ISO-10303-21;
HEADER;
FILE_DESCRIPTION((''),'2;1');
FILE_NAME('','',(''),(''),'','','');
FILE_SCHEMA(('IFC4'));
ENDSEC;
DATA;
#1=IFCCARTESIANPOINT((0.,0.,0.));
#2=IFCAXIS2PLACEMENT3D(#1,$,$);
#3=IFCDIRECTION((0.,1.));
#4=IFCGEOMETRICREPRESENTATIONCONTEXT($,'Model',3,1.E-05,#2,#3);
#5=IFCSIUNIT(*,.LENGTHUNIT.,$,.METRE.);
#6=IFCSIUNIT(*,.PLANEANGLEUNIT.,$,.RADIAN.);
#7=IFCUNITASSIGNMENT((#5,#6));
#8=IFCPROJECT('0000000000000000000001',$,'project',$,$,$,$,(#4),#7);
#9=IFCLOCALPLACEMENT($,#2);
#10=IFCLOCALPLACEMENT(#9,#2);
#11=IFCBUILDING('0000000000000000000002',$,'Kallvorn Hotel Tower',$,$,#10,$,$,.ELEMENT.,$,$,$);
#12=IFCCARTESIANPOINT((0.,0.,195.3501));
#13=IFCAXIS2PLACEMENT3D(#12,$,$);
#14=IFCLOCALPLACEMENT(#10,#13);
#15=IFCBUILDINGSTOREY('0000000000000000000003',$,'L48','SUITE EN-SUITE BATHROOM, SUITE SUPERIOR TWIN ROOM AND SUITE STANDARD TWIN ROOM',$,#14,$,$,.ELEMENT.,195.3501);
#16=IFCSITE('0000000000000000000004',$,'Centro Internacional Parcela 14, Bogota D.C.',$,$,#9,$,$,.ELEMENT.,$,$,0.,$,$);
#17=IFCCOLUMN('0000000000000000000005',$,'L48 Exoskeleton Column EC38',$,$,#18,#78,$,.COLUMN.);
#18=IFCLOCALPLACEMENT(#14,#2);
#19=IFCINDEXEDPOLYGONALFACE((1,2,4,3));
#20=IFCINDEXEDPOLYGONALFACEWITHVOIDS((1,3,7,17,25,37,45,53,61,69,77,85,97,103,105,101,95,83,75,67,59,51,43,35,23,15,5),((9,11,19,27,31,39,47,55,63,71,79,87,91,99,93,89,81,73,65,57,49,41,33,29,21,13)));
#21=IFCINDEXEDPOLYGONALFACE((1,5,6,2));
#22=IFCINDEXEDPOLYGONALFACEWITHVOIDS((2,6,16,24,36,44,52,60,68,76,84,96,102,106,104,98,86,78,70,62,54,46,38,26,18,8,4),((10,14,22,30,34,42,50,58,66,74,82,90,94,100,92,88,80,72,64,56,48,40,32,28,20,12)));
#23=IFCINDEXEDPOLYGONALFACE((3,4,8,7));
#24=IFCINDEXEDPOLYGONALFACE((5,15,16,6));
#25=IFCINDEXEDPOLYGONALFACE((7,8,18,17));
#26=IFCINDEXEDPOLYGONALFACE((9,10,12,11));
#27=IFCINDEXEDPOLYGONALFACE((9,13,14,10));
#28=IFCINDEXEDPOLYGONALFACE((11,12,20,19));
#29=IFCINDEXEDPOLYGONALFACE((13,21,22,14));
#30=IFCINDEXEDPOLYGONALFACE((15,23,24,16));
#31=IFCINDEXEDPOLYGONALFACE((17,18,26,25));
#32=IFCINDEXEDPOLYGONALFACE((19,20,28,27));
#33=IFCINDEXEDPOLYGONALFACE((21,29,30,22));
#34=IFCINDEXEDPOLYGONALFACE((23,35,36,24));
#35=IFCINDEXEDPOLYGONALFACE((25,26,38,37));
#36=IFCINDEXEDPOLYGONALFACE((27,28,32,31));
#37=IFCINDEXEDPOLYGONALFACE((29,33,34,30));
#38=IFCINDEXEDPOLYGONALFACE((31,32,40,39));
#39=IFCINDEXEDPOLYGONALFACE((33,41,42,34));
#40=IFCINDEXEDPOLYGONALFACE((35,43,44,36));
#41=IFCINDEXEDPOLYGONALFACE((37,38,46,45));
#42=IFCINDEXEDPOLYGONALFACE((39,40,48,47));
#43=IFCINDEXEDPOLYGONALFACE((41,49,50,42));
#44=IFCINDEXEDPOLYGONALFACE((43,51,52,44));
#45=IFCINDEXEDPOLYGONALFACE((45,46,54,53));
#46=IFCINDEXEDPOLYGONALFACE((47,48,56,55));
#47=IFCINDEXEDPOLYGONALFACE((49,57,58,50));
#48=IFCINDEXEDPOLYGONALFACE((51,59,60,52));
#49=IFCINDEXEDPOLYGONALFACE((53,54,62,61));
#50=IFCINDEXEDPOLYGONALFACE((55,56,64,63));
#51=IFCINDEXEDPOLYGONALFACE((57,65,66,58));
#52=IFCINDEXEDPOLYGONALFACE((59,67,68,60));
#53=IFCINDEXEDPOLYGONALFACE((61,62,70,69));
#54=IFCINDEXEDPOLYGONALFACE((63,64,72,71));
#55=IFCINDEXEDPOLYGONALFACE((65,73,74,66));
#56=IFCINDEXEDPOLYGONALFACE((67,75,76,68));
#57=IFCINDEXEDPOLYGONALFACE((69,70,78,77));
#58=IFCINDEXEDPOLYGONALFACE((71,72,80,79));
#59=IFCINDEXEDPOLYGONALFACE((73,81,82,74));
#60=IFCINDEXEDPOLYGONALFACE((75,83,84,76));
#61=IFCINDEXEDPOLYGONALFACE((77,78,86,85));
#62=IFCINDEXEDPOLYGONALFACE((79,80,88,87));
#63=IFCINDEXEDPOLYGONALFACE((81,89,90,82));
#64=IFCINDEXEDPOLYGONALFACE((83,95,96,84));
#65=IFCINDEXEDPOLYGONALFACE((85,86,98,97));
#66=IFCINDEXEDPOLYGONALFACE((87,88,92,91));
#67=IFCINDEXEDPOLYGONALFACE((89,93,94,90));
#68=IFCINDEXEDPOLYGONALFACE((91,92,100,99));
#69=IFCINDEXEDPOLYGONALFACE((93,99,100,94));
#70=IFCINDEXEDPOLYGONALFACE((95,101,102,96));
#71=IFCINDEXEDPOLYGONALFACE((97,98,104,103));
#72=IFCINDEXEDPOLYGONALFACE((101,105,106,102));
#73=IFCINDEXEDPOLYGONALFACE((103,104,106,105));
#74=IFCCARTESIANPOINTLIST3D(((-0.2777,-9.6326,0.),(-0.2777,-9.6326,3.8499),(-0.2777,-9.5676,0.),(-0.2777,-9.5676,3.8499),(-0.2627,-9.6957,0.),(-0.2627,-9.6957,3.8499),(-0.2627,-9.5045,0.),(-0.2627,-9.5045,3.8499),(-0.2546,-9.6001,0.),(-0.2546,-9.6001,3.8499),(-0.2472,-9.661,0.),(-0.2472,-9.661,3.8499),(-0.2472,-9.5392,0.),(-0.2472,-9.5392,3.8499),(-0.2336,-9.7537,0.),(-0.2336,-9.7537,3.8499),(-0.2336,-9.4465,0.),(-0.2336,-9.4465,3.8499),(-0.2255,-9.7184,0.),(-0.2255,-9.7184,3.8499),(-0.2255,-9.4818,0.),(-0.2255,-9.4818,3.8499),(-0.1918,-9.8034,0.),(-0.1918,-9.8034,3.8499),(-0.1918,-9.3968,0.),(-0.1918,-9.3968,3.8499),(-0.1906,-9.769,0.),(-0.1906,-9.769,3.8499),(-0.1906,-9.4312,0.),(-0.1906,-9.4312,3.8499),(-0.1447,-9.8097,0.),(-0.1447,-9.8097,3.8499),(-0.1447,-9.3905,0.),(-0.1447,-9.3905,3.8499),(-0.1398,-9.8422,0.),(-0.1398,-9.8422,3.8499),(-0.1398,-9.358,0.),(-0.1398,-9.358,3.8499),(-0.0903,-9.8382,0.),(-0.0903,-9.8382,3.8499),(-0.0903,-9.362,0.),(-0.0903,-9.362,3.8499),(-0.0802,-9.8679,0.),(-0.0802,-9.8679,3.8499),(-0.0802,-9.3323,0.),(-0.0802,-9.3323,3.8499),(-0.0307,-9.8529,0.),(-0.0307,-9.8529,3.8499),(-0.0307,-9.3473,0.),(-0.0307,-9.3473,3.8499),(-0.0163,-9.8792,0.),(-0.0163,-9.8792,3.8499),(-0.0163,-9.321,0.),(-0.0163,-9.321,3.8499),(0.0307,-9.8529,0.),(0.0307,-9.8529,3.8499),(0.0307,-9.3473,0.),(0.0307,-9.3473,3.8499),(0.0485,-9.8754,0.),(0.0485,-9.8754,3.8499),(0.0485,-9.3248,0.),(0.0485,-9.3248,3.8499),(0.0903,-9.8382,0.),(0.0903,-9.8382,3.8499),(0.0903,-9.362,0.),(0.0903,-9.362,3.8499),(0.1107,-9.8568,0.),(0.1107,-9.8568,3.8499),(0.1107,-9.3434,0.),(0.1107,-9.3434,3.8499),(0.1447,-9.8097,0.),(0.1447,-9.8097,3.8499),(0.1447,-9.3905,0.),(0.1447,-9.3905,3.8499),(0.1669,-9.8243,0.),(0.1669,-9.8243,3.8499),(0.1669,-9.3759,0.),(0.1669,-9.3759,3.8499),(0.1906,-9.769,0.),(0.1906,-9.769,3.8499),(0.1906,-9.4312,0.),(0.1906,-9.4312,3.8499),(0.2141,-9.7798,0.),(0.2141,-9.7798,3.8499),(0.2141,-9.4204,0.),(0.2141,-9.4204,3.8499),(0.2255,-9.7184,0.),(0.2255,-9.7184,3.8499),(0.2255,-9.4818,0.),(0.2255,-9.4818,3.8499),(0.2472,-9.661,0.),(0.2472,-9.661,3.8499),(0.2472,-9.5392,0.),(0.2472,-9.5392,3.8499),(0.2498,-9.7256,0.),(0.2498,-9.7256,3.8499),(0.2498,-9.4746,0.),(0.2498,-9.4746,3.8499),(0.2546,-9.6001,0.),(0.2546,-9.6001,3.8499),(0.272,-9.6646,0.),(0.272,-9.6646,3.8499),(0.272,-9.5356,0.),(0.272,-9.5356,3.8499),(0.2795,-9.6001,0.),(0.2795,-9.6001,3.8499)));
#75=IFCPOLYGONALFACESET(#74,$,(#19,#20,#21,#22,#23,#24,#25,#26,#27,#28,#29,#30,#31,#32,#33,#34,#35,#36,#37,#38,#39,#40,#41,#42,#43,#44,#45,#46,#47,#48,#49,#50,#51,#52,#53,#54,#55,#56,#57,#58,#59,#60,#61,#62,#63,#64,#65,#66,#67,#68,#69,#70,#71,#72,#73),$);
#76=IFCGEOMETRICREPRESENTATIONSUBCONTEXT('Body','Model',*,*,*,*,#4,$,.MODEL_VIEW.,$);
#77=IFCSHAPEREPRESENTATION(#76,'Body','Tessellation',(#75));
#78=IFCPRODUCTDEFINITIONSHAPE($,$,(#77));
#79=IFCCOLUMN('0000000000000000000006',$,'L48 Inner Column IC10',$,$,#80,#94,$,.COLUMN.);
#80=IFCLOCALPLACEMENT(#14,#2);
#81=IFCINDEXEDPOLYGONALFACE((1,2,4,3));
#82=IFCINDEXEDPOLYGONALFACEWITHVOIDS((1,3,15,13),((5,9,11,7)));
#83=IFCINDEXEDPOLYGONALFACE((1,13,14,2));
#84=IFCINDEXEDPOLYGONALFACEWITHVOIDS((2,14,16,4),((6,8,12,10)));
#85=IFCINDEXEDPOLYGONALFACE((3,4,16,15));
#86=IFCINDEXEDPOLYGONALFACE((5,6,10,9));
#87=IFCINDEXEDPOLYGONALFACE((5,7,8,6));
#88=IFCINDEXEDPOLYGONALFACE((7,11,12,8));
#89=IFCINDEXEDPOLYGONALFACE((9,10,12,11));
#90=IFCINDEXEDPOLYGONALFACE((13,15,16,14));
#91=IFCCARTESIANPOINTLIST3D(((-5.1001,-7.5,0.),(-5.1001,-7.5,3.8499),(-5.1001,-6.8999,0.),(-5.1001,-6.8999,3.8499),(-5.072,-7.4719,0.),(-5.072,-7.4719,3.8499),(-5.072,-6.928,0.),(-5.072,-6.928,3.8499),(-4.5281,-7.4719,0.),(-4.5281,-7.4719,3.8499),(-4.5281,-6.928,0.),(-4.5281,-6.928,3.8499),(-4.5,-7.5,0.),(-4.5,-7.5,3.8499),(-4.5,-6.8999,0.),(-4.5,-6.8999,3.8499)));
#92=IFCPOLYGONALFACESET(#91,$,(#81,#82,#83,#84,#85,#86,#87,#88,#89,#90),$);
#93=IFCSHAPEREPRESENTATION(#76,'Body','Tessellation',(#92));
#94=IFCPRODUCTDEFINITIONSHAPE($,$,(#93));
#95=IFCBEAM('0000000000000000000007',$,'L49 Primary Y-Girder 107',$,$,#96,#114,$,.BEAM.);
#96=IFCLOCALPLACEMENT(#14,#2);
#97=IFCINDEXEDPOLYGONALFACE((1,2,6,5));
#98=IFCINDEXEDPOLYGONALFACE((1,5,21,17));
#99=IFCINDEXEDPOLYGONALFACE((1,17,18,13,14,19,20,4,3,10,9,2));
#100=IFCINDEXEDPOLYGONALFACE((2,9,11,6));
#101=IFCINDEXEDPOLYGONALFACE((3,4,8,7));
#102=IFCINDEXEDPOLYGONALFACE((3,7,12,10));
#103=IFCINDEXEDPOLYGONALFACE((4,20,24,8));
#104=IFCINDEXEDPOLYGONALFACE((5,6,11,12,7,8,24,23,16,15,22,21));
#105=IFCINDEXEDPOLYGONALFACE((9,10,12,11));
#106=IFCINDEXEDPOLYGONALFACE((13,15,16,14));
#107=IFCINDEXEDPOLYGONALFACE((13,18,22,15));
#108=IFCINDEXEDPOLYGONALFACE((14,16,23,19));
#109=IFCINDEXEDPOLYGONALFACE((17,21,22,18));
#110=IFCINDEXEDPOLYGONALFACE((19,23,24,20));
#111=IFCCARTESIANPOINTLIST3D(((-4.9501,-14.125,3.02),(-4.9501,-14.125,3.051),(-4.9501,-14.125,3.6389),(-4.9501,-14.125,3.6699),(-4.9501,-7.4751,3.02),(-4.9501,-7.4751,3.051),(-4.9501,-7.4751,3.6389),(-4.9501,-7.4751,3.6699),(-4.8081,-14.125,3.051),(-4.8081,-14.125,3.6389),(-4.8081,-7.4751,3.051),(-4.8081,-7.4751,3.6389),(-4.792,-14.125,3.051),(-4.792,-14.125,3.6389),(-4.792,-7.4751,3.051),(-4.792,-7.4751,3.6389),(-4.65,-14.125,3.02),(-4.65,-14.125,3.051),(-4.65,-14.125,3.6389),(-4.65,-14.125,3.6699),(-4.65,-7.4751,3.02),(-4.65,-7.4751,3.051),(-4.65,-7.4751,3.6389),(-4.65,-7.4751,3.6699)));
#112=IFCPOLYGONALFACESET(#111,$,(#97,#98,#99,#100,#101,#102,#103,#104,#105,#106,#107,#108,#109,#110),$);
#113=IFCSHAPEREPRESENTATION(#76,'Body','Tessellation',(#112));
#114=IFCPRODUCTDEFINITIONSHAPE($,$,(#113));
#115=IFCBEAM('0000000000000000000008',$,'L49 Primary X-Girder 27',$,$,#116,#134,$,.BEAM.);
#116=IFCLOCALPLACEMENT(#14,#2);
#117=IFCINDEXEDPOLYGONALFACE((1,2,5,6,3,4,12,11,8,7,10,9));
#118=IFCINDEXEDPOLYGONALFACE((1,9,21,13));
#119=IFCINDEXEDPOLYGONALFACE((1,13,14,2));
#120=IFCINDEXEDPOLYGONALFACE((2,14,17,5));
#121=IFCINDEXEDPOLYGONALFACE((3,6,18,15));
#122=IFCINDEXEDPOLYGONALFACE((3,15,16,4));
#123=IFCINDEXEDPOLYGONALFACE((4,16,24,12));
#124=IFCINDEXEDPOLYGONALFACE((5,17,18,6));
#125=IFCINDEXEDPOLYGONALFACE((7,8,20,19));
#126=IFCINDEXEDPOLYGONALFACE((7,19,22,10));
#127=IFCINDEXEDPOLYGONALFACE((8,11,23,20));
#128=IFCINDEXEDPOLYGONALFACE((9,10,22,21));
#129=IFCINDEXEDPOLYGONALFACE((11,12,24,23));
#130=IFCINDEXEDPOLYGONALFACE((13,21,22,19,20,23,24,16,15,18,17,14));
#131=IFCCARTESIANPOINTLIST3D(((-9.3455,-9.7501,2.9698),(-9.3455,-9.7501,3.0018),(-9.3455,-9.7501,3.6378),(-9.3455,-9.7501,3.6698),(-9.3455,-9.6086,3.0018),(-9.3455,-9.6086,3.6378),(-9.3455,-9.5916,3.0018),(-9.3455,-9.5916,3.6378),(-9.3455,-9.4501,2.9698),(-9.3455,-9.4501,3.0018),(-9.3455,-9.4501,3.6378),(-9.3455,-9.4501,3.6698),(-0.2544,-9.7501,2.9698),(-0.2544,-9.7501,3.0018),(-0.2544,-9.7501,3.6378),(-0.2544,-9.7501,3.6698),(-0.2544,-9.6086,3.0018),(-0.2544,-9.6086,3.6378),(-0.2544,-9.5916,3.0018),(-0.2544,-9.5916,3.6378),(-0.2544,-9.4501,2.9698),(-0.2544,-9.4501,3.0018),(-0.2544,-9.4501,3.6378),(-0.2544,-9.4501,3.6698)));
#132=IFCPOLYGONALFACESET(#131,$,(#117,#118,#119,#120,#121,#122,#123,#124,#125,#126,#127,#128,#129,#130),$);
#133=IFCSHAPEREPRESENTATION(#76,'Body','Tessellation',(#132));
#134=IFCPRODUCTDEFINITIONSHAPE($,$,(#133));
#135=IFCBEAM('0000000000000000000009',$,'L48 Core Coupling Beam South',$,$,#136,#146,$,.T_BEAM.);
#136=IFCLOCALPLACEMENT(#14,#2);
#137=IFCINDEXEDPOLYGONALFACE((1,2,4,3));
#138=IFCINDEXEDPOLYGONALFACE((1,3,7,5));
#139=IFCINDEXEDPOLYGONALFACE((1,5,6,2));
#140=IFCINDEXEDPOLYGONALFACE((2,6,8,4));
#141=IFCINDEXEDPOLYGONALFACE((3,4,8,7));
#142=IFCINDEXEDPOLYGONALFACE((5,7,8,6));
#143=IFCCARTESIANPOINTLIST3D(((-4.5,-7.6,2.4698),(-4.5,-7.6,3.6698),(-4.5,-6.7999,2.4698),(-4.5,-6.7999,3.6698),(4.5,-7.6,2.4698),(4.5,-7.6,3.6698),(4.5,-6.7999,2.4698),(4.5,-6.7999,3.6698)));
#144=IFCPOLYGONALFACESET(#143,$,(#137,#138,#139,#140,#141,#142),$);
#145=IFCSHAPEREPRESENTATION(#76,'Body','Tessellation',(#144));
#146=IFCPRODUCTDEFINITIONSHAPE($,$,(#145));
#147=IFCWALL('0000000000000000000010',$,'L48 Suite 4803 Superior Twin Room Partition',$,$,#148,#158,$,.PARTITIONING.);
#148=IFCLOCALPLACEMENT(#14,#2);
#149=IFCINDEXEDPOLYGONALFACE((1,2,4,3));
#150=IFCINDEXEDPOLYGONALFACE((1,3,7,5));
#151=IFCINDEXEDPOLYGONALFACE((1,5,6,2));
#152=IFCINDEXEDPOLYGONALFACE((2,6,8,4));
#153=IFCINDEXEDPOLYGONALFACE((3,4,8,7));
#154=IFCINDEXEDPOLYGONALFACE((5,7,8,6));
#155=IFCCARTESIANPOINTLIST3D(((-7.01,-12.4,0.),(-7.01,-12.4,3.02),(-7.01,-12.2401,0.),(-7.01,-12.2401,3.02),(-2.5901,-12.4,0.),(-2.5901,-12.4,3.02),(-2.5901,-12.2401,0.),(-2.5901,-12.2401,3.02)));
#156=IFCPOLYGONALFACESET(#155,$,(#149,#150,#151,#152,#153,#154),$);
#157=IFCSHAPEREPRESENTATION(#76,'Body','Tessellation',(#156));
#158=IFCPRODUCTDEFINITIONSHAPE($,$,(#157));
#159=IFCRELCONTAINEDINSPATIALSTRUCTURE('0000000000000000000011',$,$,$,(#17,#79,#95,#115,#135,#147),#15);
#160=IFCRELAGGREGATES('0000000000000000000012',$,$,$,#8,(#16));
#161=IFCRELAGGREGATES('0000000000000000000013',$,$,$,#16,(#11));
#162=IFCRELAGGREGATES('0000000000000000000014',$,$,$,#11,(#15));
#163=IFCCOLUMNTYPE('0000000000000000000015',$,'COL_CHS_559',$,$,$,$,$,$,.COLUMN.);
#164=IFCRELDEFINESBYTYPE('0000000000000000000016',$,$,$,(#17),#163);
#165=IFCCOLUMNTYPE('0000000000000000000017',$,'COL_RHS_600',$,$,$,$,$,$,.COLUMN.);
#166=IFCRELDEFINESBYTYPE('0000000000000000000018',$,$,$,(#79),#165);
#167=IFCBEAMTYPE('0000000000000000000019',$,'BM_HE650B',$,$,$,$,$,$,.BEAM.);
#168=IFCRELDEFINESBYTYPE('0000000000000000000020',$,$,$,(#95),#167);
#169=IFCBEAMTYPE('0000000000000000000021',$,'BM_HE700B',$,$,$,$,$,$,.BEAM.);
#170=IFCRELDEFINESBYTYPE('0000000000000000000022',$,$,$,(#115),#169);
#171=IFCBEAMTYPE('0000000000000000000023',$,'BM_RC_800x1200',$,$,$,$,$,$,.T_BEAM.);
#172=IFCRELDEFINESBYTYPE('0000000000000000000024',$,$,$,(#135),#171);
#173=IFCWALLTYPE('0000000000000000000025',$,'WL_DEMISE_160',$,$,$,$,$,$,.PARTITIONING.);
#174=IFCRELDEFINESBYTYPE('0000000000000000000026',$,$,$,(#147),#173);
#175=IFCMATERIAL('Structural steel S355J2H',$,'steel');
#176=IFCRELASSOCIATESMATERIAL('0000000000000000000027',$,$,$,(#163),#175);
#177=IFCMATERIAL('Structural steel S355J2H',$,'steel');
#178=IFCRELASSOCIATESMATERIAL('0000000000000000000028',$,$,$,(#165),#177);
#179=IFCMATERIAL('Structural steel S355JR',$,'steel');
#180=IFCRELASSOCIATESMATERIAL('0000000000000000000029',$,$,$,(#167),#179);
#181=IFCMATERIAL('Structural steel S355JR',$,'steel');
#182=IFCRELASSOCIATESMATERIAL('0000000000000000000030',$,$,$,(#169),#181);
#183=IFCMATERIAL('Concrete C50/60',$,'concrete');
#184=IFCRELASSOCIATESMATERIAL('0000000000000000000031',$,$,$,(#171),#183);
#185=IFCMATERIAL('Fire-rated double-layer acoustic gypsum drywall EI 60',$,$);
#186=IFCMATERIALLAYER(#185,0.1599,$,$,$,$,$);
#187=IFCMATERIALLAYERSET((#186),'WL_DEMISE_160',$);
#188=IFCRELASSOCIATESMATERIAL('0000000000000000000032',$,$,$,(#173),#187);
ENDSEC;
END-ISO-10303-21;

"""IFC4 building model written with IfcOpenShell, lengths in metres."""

from ifc_helpers import new_model, si_unit, direction, frame, frame_2d, origin, origin_2d, place, context, subcontext, project, spatial, rectangle, hollow_rectangle, hollow_circle, i_section, extrude, material, layer, layer_set, material_profile, profile_set, type_object, element, save


model = new_model("IFC4")

# Units and contexts
model_context = context("Model", 3, precision=1e-05, world=origin(), true_north=direction((0.0, 1.0)))
body_context = subcontext(model_context, "Body", "Model", "MODEL_VIEW")
ifc_project = project(units=[si_unit("LENGTHUNIT", "METRE"), si_unit("PLANEANGLEUNIT", "RADIAN")], contexts=[model_context])

# Site, building, storey
site_placement = place(None, origin())
site = spatial("IfcSite", under=ifc_project, at=site_placement, Name="Centro Internacional Parcela 14, Bogota D.C.", CompositionType="ELEMENT", RefElevation=0.0)
building_placement = place(site_placement, origin())
building = spatial("IfcBuilding", under=site, at=building_placement, Name="Kallvorn Hotel Tower", CompositionType="ELEMENT")
storey_placement = place(building_placement, frame((0.0, 0.0, 195.3501)))
storey = spatial("IfcBuildingStorey", under=building, at=storey_placement, Name="L48", Description="SUITE EN-SUITE BATHROOM, SUITE SUPERIOR TWIN ROOM AND SUITE STANDARD TWIN ROOM", CompositionType="ELEMENT", Elevation=195.3501)

# Columns
ifc_material_1 = material(Name="Structural steel S355J2H", Category="steel")
ifc_material_profile_1 = material_profile(ifc_material_1, hollow_circle(Radius=0.2795, WallThickness=0.0249, at=origin_2d()), Name="CHS 559x25")
ifc_profile_set_1 = profile_set([ifc_material_profile_1], Name="Structural steel S355J2H")
column_type_1 = type_object("IfcColumnType", Name="COL_CHS_559", PredefinedType="COLUMN", material=ifc_profile_set_1)
column_1_placement = place(storey_placement, frame((0.0, -9.6001, 0.0), z_axis=(0.0, 0.0, 1.0), x_axis=(1.0, 0.0, 0.0)))
element("IfcColumn", 1, at=column_1_placement, inside=storey, type_object=column_type_1, Name="L48 Exoskeleton Column EC38", PredefinedType="COLUMN", context=body_context, shape_type="SweptSolid", body=[
    extrude(hollow_circle(Radius=0.2795, WallThickness=0.0249, at=origin_2d()), origin(), (0.0, 0.0, 1.0), 3.8499),
])
ifc_material_2 = material(Name="Structural steel S355J2H", Category="steel")
ifc_material_profile_2 = material_profile(ifc_material_2, hollow_rectangle(XDim=0.6001, YDim=0.6001, WallThickness=0.0281, at=origin_2d()), Name="RHS 600x600x28")
ifc_profile_set_2 = profile_set([ifc_material_profile_2], Name="Structural steel S355J2H")
column_type_2 = type_object("IfcColumnType", Name="COL_RHS_600", PredefinedType="COLUMN", material=ifc_profile_set_2)
column_2_placement = place(storey_placement, frame((-4.8, -7.2, 0.0), z_axis=(0.0, 0.0, 1.0), x_axis=(1.0, 0.0, 0.0)))
element("IfcColumn", 2, at=column_2_placement, inside=storey, type_object=column_type_2, Name="L48 Inner Column IC10", PredefinedType="COLUMN", context=body_context, shape_type="SweptSolid", body=[
    extrude(hollow_rectangle(XDim=0.6001, YDim=0.6001, WallThickness=0.0281, at=origin_2d()), origin(), (0.0, 0.0, 1.0), 3.8499),
])

# Beams
ifc_material_3 = material(Name="Structural steel S355JR", Category="steel")
ifc_material_profile_3 = material_profile(ifc_material_3, i_section(OverallWidth=0.3, OverallDepth=0.6499, WebThickness=0.0161, FlangeThickness=0.031, at=origin_2d()), Name="HE 650 B")
ifc_profile_set_3 = profile_set([ifc_material_profile_3], Name="Structural steel S355JR")
beam_type_1 = type_object("IfcBeamType", Name="BM_HE650B", PredefinedType="BEAM", material=ifc_profile_set_3)
beam_1_placement = place(storey_placement, frame((-4.8, -14.125, 3.345), z_axis=(0.0, 1.0, 0.0), x_axis=(-1.0, 0.0, 0.0)))
element("IfcBeam", 3, at=beam_1_placement, inside=storey, type_object=beam_type_1, Name="L49 Primary Y-Girder 107", PredefinedType="BEAM", context=body_context, shape_type="SweptSolid", body=[
    extrude(i_section(OverallWidth=0.3, OverallDepth=0.6499, WebThickness=0.0161, FlangeThickness=0.031, at=origin_2d()), origin(), (0.0, 0.0, 1.0), 6.6499),
])
ifc_material_4 = material(Name="Structural steel S355JR", Category="steel")
ifc_material_profile_4 = material_profile(ifc_material_4, i_section(OverallWidth=0.3, OverallDepth=0.7, WebThickness=0.0171, FlangeThickness=0.032, at=origin_2d()), Name="HE 700 B")
ifc_profile_set_4 = profile_set([ifc_material_profile_4], Name="Structural steel S355JR")
beam_type_2 = type_object("IfcBeamType", Name="BM_HE700B", PredefinedType="BEAM", material=ifc_profile_set_4)
beam_2_placement = place(storey_placement, frame((-9.3455, -9.6001, 3.3198), z_axis=(1.0, 0.0, 0.0), x_axis=(0.0, 1.0, 0.0)))
element("IfcBeam", 4, at=beam_2_placement, inside=storey, type_object=beam_type_2, Name="L49 Primary X-Girder 27", PredefinedType="BEAM", context=body_context, shape_type="SweptSolid", body=[
    extrude(i_section(OverallWidth=0.3, OverallDepth=0.7, WebThickness=0.0171, FlangeThickness=0.032, at=origin_2d()), origin(), (0.0, 0.0, 1.0), 9.0911),
])
ifc_material_5 = material(Name="Concrete C50/60", Category="concrete")
ifc_material_profile_5 = material_profile(ifc_material_5, rectangle(XDim=0.8, YDim=1.2, at=origin_2d()), Name="RC 800x1200")
ifc_profile_set_5 = profile_set([ifc_material_profile_5], Name="Concrete C50/60")
beam_type_3 = type_object("IfcBeamType", Name="BM_RC_800x1200", PredefinedType="T_BEAM", material=ifc_profile_set_5)
beam_3_placement = place(storey_placement, frame((-4.5, -7.2, 3.0698), z_axis=(1.0, 0.0, 0.0), x_axis=(0.0, 1.0, 0.0)))
element("IfcBeam", 5, at=beam_3_placement, inside=storey, type_object=beam_type_3, Name="L48 Core Coupling Beam South", PredefinedType="T_BEAM", context=body_context, shape_type="SweptSolid", body=[
    extrude(rectangle(XDim=0.8, YDim=1.2, at=origin_2d()), origin(), (0.0, 0.0, 1.0), 9.0),
])

# Wall
ifc_material_6 = material(Name="Fire-rated double-layer acoustic gypsum drywall EI 60")
ifc_layer_1 = layer(ifc_material_6, 0.1599)
ifc_layer_set_1 = layer_set([ifc_layer_1], Name="WL_DEMISE_160")
wall_type_1 = type_object("IfcWallType", Name="WL_DEMISE_160", PredefinedType="PARTITIONING", material=ifc_layer_set_1)
wall_1_placement = place(storey_placement, frame((-7.01, -12.3201, 0.0), z_axis=(0.0, 0.0, 1.0), x_axis=(1.0, 0.0, 0.0)))
element("IfcWall", 6, at=wall_1_placement, inside=storey, type_object=wall_type_1, Name="L48 Suite 4803 Superior Twin Room Partition", PredefinedType="PARTITIONING", context=body_context, shape_type="SweptSolid", body=[
    extrude(rectangle(XDim=4.4199, YDim=0.1599, at=frame_2d((2.21, 0.0))), origin(), (0.0, 0.0, 1.0), 3.02),
])

save(model, "model.ifc")
